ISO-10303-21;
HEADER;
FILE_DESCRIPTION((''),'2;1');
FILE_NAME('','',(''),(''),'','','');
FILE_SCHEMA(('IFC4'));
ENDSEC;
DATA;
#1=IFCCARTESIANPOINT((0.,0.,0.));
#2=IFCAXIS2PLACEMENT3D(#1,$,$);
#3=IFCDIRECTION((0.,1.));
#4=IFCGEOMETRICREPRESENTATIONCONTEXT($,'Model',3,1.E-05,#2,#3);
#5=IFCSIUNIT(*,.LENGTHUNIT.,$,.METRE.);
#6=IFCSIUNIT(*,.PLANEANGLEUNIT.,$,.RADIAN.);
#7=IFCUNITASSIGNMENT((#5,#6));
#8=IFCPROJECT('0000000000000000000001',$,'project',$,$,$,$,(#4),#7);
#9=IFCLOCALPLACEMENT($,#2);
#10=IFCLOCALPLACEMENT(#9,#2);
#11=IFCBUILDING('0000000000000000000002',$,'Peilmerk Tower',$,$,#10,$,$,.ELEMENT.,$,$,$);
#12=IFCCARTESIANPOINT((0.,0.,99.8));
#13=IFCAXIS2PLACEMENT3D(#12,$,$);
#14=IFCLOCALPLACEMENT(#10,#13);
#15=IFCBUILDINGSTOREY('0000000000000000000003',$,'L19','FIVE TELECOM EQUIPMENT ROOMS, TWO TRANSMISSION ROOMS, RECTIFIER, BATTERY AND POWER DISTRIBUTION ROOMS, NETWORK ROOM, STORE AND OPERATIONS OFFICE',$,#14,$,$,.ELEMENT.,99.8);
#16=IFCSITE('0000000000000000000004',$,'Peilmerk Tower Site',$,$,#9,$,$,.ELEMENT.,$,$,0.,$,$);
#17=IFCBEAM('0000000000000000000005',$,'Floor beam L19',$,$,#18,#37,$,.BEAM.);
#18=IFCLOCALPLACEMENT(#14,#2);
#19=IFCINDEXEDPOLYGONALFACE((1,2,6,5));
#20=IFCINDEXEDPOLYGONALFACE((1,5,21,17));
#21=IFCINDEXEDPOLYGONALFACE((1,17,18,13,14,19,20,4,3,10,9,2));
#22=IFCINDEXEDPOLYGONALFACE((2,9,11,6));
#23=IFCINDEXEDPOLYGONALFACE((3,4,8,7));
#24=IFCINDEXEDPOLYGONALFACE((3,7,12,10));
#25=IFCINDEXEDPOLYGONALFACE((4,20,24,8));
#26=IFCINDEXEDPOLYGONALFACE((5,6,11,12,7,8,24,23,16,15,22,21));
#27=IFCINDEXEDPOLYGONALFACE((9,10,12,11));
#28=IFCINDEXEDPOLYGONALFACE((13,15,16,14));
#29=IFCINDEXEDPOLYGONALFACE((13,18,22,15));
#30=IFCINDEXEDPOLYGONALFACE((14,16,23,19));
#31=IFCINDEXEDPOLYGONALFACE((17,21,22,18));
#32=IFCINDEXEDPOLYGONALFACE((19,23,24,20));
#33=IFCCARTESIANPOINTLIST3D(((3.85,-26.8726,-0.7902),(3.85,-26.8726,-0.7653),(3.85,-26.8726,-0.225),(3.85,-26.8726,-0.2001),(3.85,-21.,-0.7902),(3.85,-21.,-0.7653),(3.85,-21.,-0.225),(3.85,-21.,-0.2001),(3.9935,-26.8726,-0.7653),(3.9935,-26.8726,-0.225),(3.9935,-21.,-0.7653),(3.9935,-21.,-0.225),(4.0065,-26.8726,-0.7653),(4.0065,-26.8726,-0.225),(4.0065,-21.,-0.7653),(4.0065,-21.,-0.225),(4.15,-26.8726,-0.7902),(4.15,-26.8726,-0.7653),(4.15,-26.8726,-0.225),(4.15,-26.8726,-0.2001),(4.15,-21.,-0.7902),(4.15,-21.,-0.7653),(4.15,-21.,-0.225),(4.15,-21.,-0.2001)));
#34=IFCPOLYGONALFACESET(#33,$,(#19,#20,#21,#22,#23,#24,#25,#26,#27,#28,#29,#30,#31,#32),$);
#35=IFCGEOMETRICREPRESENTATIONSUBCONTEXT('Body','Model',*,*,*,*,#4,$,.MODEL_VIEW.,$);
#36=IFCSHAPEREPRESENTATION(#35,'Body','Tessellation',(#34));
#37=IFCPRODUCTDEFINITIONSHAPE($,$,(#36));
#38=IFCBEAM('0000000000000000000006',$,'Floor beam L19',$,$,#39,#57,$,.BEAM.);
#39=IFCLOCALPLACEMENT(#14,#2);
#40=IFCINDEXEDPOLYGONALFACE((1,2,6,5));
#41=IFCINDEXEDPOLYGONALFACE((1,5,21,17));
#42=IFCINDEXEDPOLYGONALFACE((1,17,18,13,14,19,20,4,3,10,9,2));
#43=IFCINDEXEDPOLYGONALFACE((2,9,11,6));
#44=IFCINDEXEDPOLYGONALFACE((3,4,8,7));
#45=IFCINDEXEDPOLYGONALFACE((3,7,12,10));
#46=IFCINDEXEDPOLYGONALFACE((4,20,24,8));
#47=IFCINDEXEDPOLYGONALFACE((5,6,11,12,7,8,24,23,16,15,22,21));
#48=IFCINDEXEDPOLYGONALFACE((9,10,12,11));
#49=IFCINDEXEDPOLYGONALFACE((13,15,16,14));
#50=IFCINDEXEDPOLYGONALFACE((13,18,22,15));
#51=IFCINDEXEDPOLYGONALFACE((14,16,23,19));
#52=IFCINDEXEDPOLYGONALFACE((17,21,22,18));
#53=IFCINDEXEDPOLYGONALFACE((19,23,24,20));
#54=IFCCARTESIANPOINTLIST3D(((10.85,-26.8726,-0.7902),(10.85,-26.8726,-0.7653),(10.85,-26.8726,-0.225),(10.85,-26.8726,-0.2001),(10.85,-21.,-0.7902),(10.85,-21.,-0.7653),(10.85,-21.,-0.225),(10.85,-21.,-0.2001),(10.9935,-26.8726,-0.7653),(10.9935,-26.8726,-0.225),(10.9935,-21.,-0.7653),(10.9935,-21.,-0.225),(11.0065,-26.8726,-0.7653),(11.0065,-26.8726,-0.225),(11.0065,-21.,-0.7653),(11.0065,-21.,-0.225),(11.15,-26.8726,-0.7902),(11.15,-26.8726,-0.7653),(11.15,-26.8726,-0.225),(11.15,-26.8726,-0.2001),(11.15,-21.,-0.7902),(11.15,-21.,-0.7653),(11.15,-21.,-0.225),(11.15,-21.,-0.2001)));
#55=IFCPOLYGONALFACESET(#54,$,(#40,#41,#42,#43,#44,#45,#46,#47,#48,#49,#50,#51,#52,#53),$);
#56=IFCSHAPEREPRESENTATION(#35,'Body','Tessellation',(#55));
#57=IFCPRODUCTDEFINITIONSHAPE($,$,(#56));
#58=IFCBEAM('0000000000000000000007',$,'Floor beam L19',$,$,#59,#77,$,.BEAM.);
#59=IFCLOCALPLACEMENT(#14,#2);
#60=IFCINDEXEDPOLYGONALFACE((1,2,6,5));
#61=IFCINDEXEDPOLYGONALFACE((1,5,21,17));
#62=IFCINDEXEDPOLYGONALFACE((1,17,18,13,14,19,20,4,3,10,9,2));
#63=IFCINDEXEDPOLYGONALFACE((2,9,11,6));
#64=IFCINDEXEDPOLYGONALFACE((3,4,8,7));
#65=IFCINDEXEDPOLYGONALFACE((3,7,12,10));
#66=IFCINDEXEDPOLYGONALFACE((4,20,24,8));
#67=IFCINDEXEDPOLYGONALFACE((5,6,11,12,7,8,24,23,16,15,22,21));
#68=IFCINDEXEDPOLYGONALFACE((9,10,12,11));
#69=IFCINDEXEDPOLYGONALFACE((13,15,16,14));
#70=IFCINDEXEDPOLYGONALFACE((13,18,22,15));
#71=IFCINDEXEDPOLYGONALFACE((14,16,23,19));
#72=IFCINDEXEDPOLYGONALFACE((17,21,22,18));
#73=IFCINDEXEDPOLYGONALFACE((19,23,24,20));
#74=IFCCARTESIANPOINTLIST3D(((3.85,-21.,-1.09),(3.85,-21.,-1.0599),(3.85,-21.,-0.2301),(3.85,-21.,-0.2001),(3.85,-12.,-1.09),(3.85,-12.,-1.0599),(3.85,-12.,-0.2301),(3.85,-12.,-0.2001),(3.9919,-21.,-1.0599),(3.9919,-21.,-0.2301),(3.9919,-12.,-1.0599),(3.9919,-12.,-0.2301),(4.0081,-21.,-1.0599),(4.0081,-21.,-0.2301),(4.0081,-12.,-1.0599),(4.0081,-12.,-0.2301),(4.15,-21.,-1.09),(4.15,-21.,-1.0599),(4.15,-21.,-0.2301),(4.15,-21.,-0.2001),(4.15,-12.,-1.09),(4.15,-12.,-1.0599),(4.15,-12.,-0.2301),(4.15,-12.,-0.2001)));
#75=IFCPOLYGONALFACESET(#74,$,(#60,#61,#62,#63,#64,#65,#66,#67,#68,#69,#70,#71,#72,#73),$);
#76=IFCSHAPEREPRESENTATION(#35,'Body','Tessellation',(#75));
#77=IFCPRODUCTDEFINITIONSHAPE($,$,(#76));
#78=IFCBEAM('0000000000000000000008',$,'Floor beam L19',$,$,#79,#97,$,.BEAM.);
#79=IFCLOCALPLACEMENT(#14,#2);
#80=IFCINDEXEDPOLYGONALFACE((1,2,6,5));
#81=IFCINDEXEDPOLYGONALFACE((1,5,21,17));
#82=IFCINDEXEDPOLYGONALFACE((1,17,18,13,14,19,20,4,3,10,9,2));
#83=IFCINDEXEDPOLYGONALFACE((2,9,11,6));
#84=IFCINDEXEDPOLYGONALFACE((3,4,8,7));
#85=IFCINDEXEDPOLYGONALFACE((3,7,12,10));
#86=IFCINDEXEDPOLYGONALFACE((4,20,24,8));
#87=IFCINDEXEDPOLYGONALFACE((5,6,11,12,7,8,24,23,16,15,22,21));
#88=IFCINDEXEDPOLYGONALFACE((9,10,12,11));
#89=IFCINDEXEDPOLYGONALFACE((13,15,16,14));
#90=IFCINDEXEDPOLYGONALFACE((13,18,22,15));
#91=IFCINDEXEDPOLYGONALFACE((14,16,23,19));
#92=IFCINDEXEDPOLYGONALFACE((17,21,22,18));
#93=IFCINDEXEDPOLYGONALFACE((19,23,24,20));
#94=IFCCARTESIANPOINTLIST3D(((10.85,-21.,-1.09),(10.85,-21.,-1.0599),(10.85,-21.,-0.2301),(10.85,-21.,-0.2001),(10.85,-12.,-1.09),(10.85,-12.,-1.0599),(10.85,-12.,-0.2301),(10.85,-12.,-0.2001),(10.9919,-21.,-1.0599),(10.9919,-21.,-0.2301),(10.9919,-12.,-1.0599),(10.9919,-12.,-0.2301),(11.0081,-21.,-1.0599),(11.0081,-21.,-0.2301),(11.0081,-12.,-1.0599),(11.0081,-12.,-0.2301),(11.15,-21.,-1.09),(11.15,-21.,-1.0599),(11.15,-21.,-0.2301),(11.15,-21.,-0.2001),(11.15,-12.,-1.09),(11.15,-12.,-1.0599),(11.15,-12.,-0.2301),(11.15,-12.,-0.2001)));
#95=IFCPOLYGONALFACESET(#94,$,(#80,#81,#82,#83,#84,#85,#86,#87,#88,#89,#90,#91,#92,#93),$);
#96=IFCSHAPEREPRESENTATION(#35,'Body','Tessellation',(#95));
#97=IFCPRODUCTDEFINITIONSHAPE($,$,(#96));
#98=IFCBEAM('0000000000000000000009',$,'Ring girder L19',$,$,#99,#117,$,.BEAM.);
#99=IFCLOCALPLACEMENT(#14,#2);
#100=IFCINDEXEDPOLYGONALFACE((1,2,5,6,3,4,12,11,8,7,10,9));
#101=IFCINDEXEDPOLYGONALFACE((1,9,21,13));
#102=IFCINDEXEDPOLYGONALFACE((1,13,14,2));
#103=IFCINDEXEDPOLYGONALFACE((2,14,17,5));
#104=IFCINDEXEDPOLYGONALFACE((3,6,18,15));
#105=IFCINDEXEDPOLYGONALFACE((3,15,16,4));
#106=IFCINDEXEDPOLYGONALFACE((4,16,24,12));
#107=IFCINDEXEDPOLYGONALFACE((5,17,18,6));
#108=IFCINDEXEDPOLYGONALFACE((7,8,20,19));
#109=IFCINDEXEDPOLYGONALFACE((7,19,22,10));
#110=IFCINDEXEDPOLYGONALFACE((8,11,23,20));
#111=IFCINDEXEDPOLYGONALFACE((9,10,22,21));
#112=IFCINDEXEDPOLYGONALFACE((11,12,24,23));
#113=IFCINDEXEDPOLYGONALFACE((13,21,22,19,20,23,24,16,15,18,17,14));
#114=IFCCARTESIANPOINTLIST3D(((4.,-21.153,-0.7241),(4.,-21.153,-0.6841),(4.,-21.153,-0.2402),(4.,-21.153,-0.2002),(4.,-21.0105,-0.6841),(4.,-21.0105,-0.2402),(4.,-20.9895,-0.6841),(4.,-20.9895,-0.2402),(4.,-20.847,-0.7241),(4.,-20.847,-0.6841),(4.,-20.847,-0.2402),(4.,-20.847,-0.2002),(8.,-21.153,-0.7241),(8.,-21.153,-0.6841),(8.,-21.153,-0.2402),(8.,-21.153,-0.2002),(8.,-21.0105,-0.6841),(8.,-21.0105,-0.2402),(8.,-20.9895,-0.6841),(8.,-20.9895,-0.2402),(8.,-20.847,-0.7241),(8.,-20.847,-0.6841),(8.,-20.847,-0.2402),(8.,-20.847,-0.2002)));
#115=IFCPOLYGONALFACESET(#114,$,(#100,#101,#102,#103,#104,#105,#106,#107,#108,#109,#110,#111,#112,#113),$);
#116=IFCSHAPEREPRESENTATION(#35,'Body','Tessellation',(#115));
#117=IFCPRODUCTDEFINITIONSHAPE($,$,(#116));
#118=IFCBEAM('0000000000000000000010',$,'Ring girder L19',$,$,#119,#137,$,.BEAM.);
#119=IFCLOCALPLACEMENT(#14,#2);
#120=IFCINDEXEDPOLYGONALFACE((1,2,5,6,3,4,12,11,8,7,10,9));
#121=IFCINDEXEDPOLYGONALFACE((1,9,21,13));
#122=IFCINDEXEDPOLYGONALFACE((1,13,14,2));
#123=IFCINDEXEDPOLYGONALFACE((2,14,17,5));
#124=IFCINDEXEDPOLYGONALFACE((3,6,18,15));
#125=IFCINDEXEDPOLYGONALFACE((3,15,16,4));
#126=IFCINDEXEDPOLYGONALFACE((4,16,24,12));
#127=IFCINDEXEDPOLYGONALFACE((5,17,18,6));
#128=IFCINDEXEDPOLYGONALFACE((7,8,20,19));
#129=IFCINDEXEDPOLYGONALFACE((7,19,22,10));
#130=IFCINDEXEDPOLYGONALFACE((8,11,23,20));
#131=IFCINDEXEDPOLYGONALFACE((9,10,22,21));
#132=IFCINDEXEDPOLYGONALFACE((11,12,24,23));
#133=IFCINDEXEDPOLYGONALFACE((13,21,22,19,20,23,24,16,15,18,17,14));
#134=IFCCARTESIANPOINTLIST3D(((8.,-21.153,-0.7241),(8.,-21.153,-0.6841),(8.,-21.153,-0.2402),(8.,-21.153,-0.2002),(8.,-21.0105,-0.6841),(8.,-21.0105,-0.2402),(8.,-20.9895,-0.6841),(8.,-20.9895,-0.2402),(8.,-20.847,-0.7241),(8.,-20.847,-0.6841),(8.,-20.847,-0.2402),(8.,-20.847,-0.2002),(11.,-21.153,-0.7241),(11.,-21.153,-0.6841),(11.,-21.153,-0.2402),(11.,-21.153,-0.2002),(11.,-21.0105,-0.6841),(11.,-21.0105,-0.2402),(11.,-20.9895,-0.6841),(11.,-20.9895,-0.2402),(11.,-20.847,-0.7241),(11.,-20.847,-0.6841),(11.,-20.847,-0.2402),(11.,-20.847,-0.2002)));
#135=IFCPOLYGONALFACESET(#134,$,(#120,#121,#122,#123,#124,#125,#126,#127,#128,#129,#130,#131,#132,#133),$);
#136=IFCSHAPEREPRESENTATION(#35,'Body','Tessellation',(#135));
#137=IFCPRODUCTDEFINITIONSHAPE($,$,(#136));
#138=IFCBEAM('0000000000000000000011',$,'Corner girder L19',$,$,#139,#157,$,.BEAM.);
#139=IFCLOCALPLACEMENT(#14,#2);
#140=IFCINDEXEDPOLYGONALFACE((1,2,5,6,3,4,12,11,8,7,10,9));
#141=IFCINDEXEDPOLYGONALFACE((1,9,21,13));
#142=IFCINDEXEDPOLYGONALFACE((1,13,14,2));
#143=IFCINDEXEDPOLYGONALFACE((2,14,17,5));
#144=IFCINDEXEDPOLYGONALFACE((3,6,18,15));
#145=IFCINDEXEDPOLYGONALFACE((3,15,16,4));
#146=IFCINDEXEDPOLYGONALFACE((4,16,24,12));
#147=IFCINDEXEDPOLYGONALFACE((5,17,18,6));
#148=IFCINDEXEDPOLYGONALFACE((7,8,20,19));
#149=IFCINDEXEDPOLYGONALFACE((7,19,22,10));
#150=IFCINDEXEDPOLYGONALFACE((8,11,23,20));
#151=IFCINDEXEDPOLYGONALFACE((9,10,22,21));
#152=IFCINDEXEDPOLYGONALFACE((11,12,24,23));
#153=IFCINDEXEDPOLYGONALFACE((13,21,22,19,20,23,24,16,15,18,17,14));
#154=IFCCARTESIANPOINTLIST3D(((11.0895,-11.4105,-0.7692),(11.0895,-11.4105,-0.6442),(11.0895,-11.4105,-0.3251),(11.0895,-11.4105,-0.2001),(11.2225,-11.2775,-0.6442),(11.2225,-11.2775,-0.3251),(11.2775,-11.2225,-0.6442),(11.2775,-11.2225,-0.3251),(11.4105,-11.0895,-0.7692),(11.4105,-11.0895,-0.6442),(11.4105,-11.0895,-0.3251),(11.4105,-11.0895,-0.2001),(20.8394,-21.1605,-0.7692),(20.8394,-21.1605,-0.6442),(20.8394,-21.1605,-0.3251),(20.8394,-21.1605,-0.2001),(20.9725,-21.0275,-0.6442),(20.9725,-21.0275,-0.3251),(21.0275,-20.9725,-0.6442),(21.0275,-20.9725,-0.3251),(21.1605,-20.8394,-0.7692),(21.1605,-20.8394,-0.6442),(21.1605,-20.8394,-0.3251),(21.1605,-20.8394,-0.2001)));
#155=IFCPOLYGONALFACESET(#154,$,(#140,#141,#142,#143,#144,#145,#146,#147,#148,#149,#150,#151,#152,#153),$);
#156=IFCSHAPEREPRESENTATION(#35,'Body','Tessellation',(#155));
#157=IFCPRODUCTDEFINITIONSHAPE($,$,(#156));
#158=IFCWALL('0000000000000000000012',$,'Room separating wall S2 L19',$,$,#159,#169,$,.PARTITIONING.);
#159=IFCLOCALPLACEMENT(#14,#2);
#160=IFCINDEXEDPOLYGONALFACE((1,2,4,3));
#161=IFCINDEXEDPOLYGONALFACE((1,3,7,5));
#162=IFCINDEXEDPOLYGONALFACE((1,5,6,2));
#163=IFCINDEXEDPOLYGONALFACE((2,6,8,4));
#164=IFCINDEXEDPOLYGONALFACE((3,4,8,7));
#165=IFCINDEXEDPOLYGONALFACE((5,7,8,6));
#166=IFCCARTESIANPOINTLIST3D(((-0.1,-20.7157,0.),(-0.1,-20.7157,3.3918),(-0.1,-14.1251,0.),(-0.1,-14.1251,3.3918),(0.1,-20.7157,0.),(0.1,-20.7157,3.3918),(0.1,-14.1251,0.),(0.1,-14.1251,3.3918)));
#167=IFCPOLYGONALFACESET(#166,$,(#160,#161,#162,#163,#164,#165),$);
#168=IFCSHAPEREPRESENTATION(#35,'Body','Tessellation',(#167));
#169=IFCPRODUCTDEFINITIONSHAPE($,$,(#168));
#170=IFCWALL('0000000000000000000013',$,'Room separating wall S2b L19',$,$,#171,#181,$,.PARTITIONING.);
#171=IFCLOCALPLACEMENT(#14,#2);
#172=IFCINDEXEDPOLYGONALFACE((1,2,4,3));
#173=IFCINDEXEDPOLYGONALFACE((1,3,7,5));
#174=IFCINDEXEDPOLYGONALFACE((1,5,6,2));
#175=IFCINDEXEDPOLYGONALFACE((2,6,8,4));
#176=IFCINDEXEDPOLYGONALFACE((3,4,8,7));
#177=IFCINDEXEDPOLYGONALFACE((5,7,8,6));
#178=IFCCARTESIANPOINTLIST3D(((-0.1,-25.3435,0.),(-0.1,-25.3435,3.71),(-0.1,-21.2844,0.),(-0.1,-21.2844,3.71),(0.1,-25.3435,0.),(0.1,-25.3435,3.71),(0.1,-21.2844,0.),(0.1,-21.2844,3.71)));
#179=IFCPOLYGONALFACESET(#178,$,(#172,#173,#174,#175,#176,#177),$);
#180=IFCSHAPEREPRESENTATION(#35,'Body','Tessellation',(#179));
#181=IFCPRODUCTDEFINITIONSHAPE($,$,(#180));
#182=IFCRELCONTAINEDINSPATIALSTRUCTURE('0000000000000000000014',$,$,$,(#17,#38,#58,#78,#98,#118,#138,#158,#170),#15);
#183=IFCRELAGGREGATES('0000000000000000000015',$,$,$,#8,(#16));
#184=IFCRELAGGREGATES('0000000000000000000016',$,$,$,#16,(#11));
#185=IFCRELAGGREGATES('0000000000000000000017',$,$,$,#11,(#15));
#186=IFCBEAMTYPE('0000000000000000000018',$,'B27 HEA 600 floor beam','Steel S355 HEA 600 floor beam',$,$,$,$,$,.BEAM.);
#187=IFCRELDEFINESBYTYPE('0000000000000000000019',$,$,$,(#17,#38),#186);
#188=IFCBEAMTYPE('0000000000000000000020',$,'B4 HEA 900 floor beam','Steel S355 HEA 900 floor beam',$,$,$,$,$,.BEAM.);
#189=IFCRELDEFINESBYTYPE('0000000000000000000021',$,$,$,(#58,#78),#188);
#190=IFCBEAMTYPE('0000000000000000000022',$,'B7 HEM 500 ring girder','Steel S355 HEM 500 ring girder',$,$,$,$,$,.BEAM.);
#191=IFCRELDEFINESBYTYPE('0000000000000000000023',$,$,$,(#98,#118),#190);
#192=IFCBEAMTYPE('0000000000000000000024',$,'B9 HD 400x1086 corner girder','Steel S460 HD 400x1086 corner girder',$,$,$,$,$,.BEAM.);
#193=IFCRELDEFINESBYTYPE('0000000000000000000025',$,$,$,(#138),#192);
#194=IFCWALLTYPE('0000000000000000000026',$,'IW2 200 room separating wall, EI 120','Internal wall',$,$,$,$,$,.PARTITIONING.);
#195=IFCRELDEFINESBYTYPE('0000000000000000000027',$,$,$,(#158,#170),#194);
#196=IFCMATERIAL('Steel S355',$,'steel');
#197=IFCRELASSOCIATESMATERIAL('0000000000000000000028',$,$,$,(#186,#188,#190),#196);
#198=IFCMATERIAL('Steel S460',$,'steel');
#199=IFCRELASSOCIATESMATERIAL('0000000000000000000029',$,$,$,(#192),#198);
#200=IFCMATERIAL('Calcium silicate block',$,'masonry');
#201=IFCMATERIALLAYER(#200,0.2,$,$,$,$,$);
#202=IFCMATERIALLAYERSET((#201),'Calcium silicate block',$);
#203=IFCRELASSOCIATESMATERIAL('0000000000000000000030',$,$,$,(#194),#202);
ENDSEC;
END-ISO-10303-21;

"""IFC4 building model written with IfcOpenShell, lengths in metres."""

from ifc_helpers import new_model, si_unit, direction, frame, frame_2d, origin, origin_2d, place, context, subcontext, project, spatial, rectangle, i_section, extrude, material, layer, layer_set, material_profile, profile_set, type_object, element, save


model = new_model("IFC4")

# Units and contexts
model_context = context("Model", 3, precision=1e-05, world=origin(), true_north=direction((0.0, 1.0)))
body_context = subcontext(model_context, "Body", "Model", "MODEL_VIEW")
ifc_project = project(units=[si_unit("LENGTHUNIT", "METRE"), si_unit("PLANEANGLEUNIT", "RADIAN")], contexts=[model_context])

# Site, building, storey
site_placement = place(None, origin())
site = spatial("IfcSite", under=ifc_project, at=site_placement, Name="Peilmerk Tower Site", CompositionType="ELEMENT", RefElevation=0.0)
building_placement = place(site_placement, origin())
building = spatial("IfcBuilding", under=site, at=building_placement, Name="Peilmerk Tower", CompositionType="ELEMENT")
storey_placement = place(building_placement, frame((0.0, 0.0, 99.8)))
storey = spatial("IfcBuildingStorey", under=building, at=storey_placement, Name="L19", Description="FIVE TELECOM EQUIPMENT ROOMS, TWO TRANSMISSION ROOMS, RECTIFIER, BATTERY AND POWER DISTRIBUTION ROOMS, NETWORK ROOM, STORE AND OPERATIONS OFFICE", CompositionType="ELEMENT", Elevation=99.8)

# Shared definitions
ifc_material_1 = material(Name="Steel S460", Category="steel")

# Beams
ifc_material_2 = material(Name="Steel S355", Category="steel")
ifc_material_profile_1 = material_profile(ifc_material_2, i_section(OverallWidth=0.3, OverallDepth=0.5901, WebThickness=0.0129, FlangeThickness=0.0249, at=origin_2d()), Name="HEA 600")
ifc_profile_set_1 = profile_set([ifc_material_profile_1], Name="Steel S355")
beam_type_1 = type_object("IfcBeamType", Name="B27 HEA 600 floor beam", Description="Steel S355 HEA 600 floor beam", PredefinedType="BEAM", material=ifc_profile_set_1)
for number, where, z_axis, x_axis, name in (
    (1, (4.0, -21.0, -0.4951), (0.0, -1.0, 0.0), (1.0, 0.0, 0.0), "Floor beam L19"),
    (2, (11.0, -21.0, -0.4951), (0.0, -1.0, 0.0), (1.0, 0.0, 0.0), "Floor beam L19"),
):
    element("IfcBeam", number, at=place(storey_placement, frame(where, z_axis=z_axis, x_axis=x_axis)), inside=storey, type_object=beam_type_1, Name=name, PredefinedType="BEAM", context=body_context, shape_type="SweptSolid", body=[
        extrude(i_section(OverallWidth=0.3, OverallDepth=0.5901, WebThickness=0.0129, FlangeThickness=0.0249, at=origin_2d()), origin(), (0.0, 0.0, 1.0), 5.8726),
    ])
ifc_material_profile_2 = material_profile(ifc_material_2, i_section(OverallWidth=0.3, OverallDepth=0.8899, WebThickness=0.0161, FlangeThickness=0.03, at=origin_2d()), Name="HEA 900")
ifc_profile_set_2 = profile_set([ifc_material_profile_2], Name="Steel S355")
beam_type_2 = type_object("IfcBeamType", Name="B4 HEA 900 floor beam", Description="Steel S355 HEA 900 floor beam", PredefinedType="BEAM", material=ifc_profile_set_2)
for number, where, z_axis, x_axis, name in (
    (3, (4.0, -12.0, -0.645), (0.0, -1.0, 0.0), (1.0, 0.0, 0.0), "Floor beam L19"),
    (4, (11.0, -12.0, -0.645), (0.0, -1.0, 0.0), (1.0, 0.0, 0.0), "Floor beam L19"),
):
    element("IfcBeam", number, at=place(storey_placement, frame(where, z_axis=z_axis, x_axis=x_axis)), inside=storey, type_object=beam_type_2, Name=name, PredefinedType="BEAM", context=body_context, shape_type="SweptSolid", body=[
        extrude(i_section(OverallWidth=0.3, OverallDepth=0.8899, WebThickness=0.0161, FlangeThickness=0.03, at=origin_2d()), origin(), (0.0, 0.0, 1.0), 9.0),
    ])
ifc_material_profile_3 = material_profile(ifc_material_2, i_section(OverallWidth=0.3059, OverallDepth=0.5239, WebThickness=0.021, FlangeThickness=0.04, at=origin_2d()), Name="HEM 500")
ifc_profile_set_3 = profile_set([ifc_material_profile_3], Name="Steel S355")
beam_type_3 = type_object("IfcBeamType", Name="B7 HEM 500 ring girder", Description="Steel S355 HEM 500 ring girder", PredefinedType="BEAM", material=ifc_profile_set_3)
beam_1_placement = place(storey_placement, frame((4.0, -21.0, -0.4622), z_axis=(1.0, 0.0, 0.0), x_axis=(0.0, 1.0, 0.0)))
element("IfcBeam", 5, at=beam_1_placement, inside=storey, type_object=beam_type_3, Name="Ring girder L19", PredefinedType="BEAM", context=body_context, shape_type="SweptSolid", body=[
    extrude(i_section(OverallWidth=0.3059, OverallDepth=0.5239, WebThickness=0.021, FlangeThickness=0.04, at=origin_2d()), origin(), (0.0, 0.0, 1.0), 4.0),
])
beam_2_placement = place(storey_placement, frame((8.0, -21.0, -0.4622), z_axis=(1.0, 0.0, 0.0), x_axis=(0.0, 1.0, 0.0)))
element("IfcBeam", 6, at=beam_2_placement, inside=storey, type_object=beam_type_3, Name="Ring girder L19", PredefinedType="BEAM", context=body_context, shape_type="SweptSolid", body=[
    extrude(i_section(OverallWidth=0.3059, OverallDepth=0.5239, WebThickness=0.021, FlangeThickness=0.04, at=origin_2d()), origin(), (0.0, 0.0, 1.0), 3.0),
])
ifc_material_profile_4 = material_profile(ifc_material_1, i_section(OverallWidth=0.4541, OverallDepth=0.5691, WebThickness=0.0779, FlangeThickness=0.125, at=origin_2d()), Name="HD 400x1086")
ifc_profile_set_4 = profile_set([ifc_material_profile_4], Name="Steel S460")
beam_type_4 = type_object("IfcBeamType", Name="B9 HD 400x1086 corner girder", Description="Steel S460 HD 400x1086 corner girder", PredefinedType="BEAM", material=ifc_profile_set_4)
beam_3_placement = place(storey_placement, frame((11.25, -11.25, -0.4846), z_axis=(0.707107, -0.707107, 0.0), x_axis=(0.707107, 0.707107, 0.0)))
element("IfcBeam", 7, at=beam_3_placement, inside=storey, type_object=beam_type_4, Name="Corner girder L19", PredefinedType="BEAM", context=body_context, shape_type="SweptSolid", body=[
    extrude(i_section(OverallWidth=0.4541, OverallDepth=0.5691, WebThickness=0.0779, FlangeThickness=0.125, at=origin_2d()), origin(), (0.0, 0.0, 1.0), 13.7886),
])

# Walls
ifc_material_3 = material(Name="Calcium silicate block", Category="masonry")
ifc_layer_1 = layer(ifc_material_3, 0.2)
ifc_layer_set_1 = layer_set([ifc_layer_1], Name="Calcium silicate block")
wall_type_1 = type_object("IfcWallType", Name="IW2 200 room separating wall, EI 120", Description="Internal wall", PredefinedType="PARTITIONING", material=ifc_layer_set_1)
wall_1_placement = place(storey_placement, frame((0.0, -14.125, 0.0), z_axis=(0.0, 0.0, 1.0), x_axis=(0.0, -1.0, 0.0)))
element("IfcWall", 8, at=wall_1_placement, inside=storey, type_object=wall_type_1, Name="Room separating wall S2 L19", PredefinedType="PARTITIONING", context=body_context, shape_type="SweptSolid", body=[
    extrude(rectangle(XDim=6.5906, YDim=0.2, at=frame_2d((3.2954, 0.0))), origin(), (0.0, 0.0, 1.0), 3.3918),
])
wall_2_placement = place(storey_placement, frame((0.0, -21.2844, 0.0), z_axis=(0.0, 0.0, 1.0), x_axis=(0.0, -1.0, 0.0)))
element("IfcWall", 9, at=wall_2_placement, inside=storey, type_object=wall_type_1, Name="Room separating wall S2b L19", PredefinedType="PARTITIONING", context=body_context, shape_type="SweptSolid", body=[
    extrude(rectangle(XDim=4.0591, YDim=0.2, at=frame_2d((2.0295, 0.0))), origin(), (0.0, 0.0, 1.0), 3.71),
])

save(model, "model.ifc")
